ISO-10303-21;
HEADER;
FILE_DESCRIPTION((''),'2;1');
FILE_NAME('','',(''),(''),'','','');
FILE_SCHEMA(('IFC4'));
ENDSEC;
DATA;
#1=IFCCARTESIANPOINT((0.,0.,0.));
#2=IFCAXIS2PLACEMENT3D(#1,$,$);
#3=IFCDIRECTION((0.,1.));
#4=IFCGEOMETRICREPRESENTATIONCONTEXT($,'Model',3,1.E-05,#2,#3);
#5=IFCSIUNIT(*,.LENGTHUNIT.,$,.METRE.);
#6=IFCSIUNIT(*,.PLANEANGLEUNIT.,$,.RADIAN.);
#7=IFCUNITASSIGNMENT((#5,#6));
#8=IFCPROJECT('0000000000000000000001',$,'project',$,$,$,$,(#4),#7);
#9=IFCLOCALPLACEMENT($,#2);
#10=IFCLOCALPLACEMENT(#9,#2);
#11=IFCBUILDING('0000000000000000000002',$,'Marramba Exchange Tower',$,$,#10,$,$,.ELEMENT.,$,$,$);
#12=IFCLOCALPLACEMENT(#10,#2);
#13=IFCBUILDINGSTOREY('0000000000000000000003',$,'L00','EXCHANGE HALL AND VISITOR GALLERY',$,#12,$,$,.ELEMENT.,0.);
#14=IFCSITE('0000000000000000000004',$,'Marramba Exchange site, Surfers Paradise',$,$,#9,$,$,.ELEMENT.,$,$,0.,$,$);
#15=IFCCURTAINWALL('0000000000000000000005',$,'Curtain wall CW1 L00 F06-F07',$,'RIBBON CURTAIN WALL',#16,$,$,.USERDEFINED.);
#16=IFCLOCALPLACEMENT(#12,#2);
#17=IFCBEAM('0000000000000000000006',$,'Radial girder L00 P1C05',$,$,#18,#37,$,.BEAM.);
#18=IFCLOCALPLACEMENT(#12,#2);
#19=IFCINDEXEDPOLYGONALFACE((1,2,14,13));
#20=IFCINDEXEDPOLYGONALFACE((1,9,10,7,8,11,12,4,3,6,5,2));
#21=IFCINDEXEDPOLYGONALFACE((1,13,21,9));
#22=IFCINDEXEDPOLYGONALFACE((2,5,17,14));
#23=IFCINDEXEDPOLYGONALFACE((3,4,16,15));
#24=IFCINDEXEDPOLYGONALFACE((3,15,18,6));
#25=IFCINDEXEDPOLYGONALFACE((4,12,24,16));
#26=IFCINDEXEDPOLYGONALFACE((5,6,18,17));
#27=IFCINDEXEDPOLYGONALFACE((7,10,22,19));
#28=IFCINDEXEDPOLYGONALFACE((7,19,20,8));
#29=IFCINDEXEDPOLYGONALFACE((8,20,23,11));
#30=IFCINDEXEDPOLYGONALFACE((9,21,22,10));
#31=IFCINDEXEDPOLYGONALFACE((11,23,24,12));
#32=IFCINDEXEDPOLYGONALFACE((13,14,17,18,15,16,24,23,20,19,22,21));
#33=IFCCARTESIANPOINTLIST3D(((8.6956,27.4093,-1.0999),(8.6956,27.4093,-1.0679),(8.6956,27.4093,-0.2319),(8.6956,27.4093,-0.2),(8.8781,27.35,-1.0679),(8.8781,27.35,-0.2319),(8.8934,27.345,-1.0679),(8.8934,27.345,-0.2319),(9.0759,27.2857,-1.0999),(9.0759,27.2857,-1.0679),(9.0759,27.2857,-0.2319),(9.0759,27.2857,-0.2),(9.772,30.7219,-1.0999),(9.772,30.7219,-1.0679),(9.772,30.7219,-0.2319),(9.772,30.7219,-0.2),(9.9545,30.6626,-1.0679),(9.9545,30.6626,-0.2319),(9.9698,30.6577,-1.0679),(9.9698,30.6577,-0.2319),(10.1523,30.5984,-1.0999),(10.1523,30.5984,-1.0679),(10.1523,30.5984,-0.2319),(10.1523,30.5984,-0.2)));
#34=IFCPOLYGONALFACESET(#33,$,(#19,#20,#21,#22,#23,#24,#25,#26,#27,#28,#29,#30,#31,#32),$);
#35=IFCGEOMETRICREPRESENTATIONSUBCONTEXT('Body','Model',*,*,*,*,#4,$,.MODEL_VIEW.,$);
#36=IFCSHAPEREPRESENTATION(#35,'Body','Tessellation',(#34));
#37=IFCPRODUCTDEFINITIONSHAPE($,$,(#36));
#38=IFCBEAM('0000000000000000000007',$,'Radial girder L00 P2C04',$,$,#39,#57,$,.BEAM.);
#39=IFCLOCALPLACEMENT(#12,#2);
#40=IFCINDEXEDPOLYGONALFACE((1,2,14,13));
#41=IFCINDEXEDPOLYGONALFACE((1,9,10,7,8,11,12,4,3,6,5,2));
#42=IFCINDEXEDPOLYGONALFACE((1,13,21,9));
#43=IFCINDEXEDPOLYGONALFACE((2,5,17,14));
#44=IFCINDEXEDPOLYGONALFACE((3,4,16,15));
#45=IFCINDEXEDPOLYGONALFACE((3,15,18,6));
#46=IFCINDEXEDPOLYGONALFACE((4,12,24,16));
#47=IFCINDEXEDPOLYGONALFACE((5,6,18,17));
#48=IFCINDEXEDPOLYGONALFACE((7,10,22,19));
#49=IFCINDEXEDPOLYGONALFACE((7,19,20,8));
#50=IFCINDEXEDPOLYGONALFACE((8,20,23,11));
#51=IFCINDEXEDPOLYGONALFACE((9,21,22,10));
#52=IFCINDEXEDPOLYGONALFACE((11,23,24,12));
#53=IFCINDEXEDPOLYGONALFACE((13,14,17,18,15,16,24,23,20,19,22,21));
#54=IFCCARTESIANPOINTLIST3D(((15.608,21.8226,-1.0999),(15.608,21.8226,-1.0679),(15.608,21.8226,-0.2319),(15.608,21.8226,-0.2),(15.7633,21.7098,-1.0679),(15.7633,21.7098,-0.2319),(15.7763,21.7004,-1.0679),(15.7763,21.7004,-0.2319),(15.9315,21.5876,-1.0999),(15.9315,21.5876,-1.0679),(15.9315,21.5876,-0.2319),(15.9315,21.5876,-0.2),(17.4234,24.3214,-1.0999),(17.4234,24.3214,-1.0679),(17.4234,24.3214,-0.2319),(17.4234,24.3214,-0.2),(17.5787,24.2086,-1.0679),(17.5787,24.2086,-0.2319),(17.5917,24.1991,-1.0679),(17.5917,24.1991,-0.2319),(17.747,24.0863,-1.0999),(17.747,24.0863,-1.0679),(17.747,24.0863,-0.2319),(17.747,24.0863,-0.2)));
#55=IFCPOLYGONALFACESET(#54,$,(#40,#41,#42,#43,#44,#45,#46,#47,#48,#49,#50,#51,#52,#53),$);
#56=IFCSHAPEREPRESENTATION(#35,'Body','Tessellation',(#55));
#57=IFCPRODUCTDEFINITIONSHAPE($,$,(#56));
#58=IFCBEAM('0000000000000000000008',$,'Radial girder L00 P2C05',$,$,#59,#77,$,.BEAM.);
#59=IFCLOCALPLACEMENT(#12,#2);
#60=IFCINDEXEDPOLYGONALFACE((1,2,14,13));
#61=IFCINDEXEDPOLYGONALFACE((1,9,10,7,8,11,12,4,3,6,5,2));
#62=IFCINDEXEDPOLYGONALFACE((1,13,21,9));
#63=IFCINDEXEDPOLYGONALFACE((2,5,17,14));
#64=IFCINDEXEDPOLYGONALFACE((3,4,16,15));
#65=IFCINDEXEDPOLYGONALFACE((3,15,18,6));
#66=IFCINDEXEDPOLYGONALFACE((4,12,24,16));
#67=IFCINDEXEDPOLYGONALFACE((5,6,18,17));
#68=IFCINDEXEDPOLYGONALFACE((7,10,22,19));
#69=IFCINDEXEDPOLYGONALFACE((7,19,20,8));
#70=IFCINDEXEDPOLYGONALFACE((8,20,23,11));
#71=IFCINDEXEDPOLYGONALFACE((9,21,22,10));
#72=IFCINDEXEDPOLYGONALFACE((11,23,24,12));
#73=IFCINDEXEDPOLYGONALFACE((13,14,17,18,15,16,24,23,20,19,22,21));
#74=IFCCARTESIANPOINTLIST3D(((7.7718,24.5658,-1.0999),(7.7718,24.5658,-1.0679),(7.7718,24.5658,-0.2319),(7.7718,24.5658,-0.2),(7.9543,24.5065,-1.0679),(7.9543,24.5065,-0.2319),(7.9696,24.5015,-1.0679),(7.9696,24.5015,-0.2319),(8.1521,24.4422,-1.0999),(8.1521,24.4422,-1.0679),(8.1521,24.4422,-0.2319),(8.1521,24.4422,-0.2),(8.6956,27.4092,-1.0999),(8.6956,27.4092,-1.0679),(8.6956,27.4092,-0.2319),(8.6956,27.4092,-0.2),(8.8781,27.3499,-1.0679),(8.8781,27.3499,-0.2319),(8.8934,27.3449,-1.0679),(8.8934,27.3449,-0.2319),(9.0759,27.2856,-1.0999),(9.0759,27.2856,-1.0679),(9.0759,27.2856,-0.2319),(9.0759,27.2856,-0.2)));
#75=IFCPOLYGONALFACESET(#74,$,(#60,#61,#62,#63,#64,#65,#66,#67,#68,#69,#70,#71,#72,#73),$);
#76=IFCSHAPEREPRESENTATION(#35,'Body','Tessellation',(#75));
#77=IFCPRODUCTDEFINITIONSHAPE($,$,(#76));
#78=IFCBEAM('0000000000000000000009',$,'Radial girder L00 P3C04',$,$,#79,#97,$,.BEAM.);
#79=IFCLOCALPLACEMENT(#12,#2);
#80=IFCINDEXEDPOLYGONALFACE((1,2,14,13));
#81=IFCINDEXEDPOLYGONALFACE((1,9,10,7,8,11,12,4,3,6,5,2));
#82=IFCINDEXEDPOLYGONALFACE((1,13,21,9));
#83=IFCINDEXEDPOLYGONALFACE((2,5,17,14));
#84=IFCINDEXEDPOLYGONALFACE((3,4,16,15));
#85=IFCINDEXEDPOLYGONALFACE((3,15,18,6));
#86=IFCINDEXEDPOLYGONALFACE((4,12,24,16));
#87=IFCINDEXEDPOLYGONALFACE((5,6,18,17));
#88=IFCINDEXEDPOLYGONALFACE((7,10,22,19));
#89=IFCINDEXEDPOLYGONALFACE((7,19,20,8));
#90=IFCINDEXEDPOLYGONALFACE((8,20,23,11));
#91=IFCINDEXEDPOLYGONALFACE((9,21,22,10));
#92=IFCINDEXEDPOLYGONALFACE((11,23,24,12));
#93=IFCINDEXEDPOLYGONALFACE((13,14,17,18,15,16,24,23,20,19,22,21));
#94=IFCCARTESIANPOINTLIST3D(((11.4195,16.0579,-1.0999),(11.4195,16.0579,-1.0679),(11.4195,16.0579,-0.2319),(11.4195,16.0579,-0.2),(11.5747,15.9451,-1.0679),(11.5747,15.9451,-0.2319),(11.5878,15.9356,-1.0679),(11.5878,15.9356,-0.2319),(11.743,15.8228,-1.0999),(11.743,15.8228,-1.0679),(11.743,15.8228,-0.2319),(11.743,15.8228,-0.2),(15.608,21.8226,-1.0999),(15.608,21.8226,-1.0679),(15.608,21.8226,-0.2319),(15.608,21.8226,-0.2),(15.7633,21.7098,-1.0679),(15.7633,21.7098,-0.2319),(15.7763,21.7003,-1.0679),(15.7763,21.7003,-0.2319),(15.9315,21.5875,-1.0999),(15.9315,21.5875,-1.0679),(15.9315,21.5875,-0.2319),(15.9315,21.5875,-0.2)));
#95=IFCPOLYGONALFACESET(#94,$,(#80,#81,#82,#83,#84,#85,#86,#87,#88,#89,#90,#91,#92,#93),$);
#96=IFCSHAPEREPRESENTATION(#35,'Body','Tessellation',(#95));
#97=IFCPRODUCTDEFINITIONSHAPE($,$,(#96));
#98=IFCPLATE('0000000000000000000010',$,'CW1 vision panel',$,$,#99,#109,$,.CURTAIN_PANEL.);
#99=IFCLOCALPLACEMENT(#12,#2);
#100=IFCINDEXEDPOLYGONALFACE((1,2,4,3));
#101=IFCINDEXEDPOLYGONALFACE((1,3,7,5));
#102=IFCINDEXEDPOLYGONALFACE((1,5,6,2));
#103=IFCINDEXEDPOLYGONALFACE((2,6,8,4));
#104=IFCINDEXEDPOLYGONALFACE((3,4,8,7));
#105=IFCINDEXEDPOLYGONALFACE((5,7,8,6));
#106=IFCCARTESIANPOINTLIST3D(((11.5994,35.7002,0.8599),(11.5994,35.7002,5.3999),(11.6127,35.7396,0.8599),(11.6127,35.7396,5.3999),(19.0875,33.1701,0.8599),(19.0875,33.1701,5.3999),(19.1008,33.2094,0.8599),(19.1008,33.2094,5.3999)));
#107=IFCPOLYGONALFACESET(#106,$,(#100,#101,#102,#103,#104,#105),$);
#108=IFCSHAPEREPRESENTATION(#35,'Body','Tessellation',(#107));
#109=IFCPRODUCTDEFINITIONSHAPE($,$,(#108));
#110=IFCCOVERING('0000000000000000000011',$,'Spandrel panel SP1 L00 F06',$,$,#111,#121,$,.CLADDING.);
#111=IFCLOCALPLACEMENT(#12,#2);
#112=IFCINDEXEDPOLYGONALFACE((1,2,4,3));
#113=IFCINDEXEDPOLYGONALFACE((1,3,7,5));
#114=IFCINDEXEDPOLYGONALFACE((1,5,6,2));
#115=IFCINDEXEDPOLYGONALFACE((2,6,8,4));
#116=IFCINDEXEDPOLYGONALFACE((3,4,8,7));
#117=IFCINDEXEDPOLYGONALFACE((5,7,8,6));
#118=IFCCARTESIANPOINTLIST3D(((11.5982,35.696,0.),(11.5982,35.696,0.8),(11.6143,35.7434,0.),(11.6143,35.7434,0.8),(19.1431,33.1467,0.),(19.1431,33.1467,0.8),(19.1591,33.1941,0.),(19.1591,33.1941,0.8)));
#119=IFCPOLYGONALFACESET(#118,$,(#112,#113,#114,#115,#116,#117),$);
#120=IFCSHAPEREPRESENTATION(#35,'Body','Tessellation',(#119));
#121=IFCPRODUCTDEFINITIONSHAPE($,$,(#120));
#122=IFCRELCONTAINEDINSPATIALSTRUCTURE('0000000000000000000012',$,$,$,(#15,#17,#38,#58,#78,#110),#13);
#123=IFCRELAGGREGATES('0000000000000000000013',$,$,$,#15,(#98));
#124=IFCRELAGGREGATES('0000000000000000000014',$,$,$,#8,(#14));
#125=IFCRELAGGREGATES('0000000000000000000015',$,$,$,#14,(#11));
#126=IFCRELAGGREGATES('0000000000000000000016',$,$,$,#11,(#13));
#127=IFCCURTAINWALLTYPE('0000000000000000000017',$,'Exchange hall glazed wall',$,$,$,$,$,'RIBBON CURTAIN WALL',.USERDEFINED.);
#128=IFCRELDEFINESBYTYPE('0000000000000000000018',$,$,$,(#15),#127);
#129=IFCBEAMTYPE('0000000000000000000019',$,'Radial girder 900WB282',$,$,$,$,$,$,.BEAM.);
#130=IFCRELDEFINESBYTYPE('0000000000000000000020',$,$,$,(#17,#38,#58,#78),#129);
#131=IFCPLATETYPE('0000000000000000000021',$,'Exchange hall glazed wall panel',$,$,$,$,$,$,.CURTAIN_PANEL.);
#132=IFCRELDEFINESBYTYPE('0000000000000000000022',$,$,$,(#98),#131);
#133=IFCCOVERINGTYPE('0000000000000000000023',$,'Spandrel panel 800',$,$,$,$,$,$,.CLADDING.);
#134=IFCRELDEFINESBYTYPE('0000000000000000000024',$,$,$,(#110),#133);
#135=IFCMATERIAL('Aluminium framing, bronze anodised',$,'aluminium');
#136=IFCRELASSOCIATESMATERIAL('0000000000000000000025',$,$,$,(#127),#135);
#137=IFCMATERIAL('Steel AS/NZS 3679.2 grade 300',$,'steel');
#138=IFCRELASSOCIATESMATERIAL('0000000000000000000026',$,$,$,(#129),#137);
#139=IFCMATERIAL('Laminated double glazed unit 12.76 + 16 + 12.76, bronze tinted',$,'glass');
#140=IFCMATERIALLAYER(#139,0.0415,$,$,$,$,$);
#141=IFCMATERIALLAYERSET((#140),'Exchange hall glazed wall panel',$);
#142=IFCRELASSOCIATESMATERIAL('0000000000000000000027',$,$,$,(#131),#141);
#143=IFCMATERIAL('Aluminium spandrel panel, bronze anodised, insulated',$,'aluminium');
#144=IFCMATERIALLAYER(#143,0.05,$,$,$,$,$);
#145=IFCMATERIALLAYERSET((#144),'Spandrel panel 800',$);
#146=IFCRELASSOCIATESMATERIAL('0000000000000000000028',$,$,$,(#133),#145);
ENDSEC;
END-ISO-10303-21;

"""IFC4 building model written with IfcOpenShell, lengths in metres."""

from ifc_helpers import new_model, si_unit, direction, frame, origin, origin_2d, place, context, subcontext, project, spatial, rectangle, i_section, extrude, material, layer, layer_set, material_profile, profile_set, type_object, element, aggregate, save


model = new_model("IFC4")

# Units and contexts
model_context = context("Model", 3, precision=1e-05, world=origin(), true_north=direction((0.0, 1.0)))
body_context = subcontext(model_context, "Body", "Model", "MODEL_VIEW")
ifc_project = project(units=[si_unit("LENGTHUNIT", "METRE"), si_unit("PLANEANGLEUNIT", "RADIAN")], contexts=[model_context])

# Site, building, storey
site_placement = place(None, origin())
site = spatial("IfcSite", under=ifc_project, at=site_placement, Name="Marramba Exchange site, Surfers Paradise", CompositionType="ELEMENT", RefElevation=0.0)
building_placement = place(site_placement, origin())
building = spatial("IfcBuilding", under=site, at=building_placement, Name="Marramba Exchange Tower", CompositionType="ELEMENT")
storey_placement = place(building_placement, origin())
storey = spatial("IfcBuildingStorey", under=building, at=storey_placement, Name="L00", Description="EXCHANGE HALL AND VISITOR GALLERY", CompositionType="ELEMENT", Elevation=0.0)

# Curtain wall
ifc_material_1 = material(Name="Aluminium framing, bronze anodised", Category="aluminium")
curtain_wall_type = type_object("IfcCurtainWallType", Name="Exchange hall glazed wall", ElementType="RIBBON CURTAIN WALL", PredefinedType="USERDEFINED", material=ifc_material_1)
curtain_wall_placement = place(storey_placement, origin())
curtain_wall = element("IfcCurtainWall", 1, at=curtain_wall_placement, inside=storey, type_object=curtain_wall_type, Name="Curtain wall CW1 L00 F06-F07", ObjectType="RIBBON CURTAIN WALL", PredefinedType="USERDEFINED")

# Beams
ifc_material_2 = material(Name="Steel AS/NZS 3679.2 grade 300", Category="steel")
ifc_material_profile_1 = material_profile(ifc_material_2, i_section(OverallWidth=0.3999, OverallDepth=0.8999, WebThickness=0.0161, FlangeThickness=0.032, at=origin_2d()), Name="900WB282")
ifc_profile_set_1 = profile_set([ifc_material_profile_1], Name="Steel AS/NZS 3679.2 grade 300")
beam_type_1 = type_object("IfcBeamType", Name="Radial girder 900WB282", PredefinedType="BEAM", material=ifc_profile_set_1)
beam_1_placement = place(storey_placement, frame((9.9622, 30.6602, -0.6499), z_axis=(-0.309027, -0.951053, 0.0), x_axis=(0.951053, -0.309027, 0.0)))
element("IfcBeam", 2, at=beam_1_placement, inside=storey, type_object=beam_type_1, Name="Radial girder L00 P1C05", PredefinedType="BEAM", context=body_context, shape_type="SweptSolid", body=[
    extrude(i_section(OverallWidth=0.3999, OverallDepth=0.8999, WebThickness=0.0161, FlangeThickness=0.032, at=origin_2d()), origin(), (0.0, 0.0, 1.0), 3.4832),
])
beam_2_placement = place(storey_placement, frame((17.5852, 24.2039, -0.6499), z_axis=(-0.587777, -0.809023, 0.0), x_axis=(0.809023, -0.587777, 0.0)))
element("IfcBeam", 3, at=beam_2_placement, inside=storey, type_object=beam_type_1, Name="Radial girder L00 P2C04", PredefinedType="BEAM", context=body_context, shape_type="SweptSolid", body=[
    extrude(i_section(OverallWidth=0.3999, OverallDepth=0.8999, WebThickness=0.0161, FlangeThickness=0.032, at=origin_2d()), origin(), (0.0, 0.0, 1.0), 3.0886),
])
beam_3_placement = place(storey_placement, frame((8.8857, 27.3474, -0.6499), z_axis=(-0.308992, -0.951065, 0.0), x_axis=(0.951065, -0.308992, 0.0)))
element("IfcBeam", 4, at=beam_3_placement, inside=storey, type_object=beam_type_1, Name="Radial girder L00 P2C05", PredefinedType="BEAM", context=body_context, shape_type="SweptSolid", body=[
    extrude(i_section(OverallWidth=0.3999, OverallDepth=0.8999, WebThickness=0.0161, FlangeThickness=0.032, at=origin_2d()), origin(), (0.0, 0.0, 1.0), 2.9897),
])
beam_4_placement = place(storey_placement, frame((15.7698, 21.7051, -0.6499), z_axis=(-0.587805, -0.809003, 0.0), x_axis=(0.809003, -0.587805, 0.0)))
element("IfcBeam", 5, at=beam_4_placement, inside=storey, type_object=beam_type_1, Name="Radial girder L00 P3C04", PredefinedType="BEAM", context=body_context, shape_type="SweptSolid", body=[
    extrude(i_section(OverallWidth=0.3999, OverallDepth=0.8999, WebThickness=0.0161, FlangeThickness=0.032, at=origin_2d()), origin(), (0.0, 0.0, 1.0), 7.1257),
])

# Plate
ifc_material_3 = material(Name="Laminated double glazed unit 12.76 + 16 + 12.76, bronze tinted", Category="glass")
ifc_layer_1 = layer(ifc_material_3, 0.0415)
ifc_layer_set_1 = layer_set([ifc_layer_1], Name="Exchange hall glazed wall panel")
plate_type = type_object("IfcPlateType", Name="Exchange hall glazed wall panel", PredefinedType="CURTAIN_PANEL", material=ifc_layer_set_1)
plate_placement = place(storey_placement, frame((15.3501, 34.4548, 0.8599), z_axis=(0.0, 0.0, 1.0), x_axis=(-0.947382, 0.320105, 0.0)))
plate = element("IfcPlate", 6, at=plate_placement, type_object=plate_type, Name="CW1 vision panel", PredefinedType="CURTAIN_PANEL", context=body_context, shape_type="SweptSolid", body=[
    extrude(rectangle(XDim=7.9041, YDim=0.0415, at=origin_2d()), origin(), (0.0, 0.0, 1.0), 4.54),
])
aggregate(curtain_wall, [plate])

# Covering
ifc_material_4 = material(Name="Aluminium spandrel panel, bronze anodised, insulated", Category="aluminium")
ifc_layer_2 = layer(ifc_material_4, 0.05)
ifc_layer_set_2 = layer_set([ifc_layer_2], Name="Spandrel panel 800")
covering_type = type_object("IfcCoveringType", Name="Spandrel panel 800", PredefinedType="CLADDING", material=ifc_layer_set_2)
covering_placement = place(storey_placement, frame((15.3787, 34.4451, 0.0), z_axis=(0.0, 0.0, 1.0), x_axis=(-0.947382, 0.320105, 0.0)))
element("IfcCovering", 7, at=covering_placement, inside=storey, type_object=covering_type, Name="Spandrel panel SP1 L00 F06", PredefinedType="CLADDING", context=body_context, shape_type="SweptSolid", body=[
    extrude(rectangle(XDim=7.9639, YDim=0.05, at=origin_2d()), origin(), (0.0, 0.0, 1.0), 0.8),
])

save(model, "model.ifc")
